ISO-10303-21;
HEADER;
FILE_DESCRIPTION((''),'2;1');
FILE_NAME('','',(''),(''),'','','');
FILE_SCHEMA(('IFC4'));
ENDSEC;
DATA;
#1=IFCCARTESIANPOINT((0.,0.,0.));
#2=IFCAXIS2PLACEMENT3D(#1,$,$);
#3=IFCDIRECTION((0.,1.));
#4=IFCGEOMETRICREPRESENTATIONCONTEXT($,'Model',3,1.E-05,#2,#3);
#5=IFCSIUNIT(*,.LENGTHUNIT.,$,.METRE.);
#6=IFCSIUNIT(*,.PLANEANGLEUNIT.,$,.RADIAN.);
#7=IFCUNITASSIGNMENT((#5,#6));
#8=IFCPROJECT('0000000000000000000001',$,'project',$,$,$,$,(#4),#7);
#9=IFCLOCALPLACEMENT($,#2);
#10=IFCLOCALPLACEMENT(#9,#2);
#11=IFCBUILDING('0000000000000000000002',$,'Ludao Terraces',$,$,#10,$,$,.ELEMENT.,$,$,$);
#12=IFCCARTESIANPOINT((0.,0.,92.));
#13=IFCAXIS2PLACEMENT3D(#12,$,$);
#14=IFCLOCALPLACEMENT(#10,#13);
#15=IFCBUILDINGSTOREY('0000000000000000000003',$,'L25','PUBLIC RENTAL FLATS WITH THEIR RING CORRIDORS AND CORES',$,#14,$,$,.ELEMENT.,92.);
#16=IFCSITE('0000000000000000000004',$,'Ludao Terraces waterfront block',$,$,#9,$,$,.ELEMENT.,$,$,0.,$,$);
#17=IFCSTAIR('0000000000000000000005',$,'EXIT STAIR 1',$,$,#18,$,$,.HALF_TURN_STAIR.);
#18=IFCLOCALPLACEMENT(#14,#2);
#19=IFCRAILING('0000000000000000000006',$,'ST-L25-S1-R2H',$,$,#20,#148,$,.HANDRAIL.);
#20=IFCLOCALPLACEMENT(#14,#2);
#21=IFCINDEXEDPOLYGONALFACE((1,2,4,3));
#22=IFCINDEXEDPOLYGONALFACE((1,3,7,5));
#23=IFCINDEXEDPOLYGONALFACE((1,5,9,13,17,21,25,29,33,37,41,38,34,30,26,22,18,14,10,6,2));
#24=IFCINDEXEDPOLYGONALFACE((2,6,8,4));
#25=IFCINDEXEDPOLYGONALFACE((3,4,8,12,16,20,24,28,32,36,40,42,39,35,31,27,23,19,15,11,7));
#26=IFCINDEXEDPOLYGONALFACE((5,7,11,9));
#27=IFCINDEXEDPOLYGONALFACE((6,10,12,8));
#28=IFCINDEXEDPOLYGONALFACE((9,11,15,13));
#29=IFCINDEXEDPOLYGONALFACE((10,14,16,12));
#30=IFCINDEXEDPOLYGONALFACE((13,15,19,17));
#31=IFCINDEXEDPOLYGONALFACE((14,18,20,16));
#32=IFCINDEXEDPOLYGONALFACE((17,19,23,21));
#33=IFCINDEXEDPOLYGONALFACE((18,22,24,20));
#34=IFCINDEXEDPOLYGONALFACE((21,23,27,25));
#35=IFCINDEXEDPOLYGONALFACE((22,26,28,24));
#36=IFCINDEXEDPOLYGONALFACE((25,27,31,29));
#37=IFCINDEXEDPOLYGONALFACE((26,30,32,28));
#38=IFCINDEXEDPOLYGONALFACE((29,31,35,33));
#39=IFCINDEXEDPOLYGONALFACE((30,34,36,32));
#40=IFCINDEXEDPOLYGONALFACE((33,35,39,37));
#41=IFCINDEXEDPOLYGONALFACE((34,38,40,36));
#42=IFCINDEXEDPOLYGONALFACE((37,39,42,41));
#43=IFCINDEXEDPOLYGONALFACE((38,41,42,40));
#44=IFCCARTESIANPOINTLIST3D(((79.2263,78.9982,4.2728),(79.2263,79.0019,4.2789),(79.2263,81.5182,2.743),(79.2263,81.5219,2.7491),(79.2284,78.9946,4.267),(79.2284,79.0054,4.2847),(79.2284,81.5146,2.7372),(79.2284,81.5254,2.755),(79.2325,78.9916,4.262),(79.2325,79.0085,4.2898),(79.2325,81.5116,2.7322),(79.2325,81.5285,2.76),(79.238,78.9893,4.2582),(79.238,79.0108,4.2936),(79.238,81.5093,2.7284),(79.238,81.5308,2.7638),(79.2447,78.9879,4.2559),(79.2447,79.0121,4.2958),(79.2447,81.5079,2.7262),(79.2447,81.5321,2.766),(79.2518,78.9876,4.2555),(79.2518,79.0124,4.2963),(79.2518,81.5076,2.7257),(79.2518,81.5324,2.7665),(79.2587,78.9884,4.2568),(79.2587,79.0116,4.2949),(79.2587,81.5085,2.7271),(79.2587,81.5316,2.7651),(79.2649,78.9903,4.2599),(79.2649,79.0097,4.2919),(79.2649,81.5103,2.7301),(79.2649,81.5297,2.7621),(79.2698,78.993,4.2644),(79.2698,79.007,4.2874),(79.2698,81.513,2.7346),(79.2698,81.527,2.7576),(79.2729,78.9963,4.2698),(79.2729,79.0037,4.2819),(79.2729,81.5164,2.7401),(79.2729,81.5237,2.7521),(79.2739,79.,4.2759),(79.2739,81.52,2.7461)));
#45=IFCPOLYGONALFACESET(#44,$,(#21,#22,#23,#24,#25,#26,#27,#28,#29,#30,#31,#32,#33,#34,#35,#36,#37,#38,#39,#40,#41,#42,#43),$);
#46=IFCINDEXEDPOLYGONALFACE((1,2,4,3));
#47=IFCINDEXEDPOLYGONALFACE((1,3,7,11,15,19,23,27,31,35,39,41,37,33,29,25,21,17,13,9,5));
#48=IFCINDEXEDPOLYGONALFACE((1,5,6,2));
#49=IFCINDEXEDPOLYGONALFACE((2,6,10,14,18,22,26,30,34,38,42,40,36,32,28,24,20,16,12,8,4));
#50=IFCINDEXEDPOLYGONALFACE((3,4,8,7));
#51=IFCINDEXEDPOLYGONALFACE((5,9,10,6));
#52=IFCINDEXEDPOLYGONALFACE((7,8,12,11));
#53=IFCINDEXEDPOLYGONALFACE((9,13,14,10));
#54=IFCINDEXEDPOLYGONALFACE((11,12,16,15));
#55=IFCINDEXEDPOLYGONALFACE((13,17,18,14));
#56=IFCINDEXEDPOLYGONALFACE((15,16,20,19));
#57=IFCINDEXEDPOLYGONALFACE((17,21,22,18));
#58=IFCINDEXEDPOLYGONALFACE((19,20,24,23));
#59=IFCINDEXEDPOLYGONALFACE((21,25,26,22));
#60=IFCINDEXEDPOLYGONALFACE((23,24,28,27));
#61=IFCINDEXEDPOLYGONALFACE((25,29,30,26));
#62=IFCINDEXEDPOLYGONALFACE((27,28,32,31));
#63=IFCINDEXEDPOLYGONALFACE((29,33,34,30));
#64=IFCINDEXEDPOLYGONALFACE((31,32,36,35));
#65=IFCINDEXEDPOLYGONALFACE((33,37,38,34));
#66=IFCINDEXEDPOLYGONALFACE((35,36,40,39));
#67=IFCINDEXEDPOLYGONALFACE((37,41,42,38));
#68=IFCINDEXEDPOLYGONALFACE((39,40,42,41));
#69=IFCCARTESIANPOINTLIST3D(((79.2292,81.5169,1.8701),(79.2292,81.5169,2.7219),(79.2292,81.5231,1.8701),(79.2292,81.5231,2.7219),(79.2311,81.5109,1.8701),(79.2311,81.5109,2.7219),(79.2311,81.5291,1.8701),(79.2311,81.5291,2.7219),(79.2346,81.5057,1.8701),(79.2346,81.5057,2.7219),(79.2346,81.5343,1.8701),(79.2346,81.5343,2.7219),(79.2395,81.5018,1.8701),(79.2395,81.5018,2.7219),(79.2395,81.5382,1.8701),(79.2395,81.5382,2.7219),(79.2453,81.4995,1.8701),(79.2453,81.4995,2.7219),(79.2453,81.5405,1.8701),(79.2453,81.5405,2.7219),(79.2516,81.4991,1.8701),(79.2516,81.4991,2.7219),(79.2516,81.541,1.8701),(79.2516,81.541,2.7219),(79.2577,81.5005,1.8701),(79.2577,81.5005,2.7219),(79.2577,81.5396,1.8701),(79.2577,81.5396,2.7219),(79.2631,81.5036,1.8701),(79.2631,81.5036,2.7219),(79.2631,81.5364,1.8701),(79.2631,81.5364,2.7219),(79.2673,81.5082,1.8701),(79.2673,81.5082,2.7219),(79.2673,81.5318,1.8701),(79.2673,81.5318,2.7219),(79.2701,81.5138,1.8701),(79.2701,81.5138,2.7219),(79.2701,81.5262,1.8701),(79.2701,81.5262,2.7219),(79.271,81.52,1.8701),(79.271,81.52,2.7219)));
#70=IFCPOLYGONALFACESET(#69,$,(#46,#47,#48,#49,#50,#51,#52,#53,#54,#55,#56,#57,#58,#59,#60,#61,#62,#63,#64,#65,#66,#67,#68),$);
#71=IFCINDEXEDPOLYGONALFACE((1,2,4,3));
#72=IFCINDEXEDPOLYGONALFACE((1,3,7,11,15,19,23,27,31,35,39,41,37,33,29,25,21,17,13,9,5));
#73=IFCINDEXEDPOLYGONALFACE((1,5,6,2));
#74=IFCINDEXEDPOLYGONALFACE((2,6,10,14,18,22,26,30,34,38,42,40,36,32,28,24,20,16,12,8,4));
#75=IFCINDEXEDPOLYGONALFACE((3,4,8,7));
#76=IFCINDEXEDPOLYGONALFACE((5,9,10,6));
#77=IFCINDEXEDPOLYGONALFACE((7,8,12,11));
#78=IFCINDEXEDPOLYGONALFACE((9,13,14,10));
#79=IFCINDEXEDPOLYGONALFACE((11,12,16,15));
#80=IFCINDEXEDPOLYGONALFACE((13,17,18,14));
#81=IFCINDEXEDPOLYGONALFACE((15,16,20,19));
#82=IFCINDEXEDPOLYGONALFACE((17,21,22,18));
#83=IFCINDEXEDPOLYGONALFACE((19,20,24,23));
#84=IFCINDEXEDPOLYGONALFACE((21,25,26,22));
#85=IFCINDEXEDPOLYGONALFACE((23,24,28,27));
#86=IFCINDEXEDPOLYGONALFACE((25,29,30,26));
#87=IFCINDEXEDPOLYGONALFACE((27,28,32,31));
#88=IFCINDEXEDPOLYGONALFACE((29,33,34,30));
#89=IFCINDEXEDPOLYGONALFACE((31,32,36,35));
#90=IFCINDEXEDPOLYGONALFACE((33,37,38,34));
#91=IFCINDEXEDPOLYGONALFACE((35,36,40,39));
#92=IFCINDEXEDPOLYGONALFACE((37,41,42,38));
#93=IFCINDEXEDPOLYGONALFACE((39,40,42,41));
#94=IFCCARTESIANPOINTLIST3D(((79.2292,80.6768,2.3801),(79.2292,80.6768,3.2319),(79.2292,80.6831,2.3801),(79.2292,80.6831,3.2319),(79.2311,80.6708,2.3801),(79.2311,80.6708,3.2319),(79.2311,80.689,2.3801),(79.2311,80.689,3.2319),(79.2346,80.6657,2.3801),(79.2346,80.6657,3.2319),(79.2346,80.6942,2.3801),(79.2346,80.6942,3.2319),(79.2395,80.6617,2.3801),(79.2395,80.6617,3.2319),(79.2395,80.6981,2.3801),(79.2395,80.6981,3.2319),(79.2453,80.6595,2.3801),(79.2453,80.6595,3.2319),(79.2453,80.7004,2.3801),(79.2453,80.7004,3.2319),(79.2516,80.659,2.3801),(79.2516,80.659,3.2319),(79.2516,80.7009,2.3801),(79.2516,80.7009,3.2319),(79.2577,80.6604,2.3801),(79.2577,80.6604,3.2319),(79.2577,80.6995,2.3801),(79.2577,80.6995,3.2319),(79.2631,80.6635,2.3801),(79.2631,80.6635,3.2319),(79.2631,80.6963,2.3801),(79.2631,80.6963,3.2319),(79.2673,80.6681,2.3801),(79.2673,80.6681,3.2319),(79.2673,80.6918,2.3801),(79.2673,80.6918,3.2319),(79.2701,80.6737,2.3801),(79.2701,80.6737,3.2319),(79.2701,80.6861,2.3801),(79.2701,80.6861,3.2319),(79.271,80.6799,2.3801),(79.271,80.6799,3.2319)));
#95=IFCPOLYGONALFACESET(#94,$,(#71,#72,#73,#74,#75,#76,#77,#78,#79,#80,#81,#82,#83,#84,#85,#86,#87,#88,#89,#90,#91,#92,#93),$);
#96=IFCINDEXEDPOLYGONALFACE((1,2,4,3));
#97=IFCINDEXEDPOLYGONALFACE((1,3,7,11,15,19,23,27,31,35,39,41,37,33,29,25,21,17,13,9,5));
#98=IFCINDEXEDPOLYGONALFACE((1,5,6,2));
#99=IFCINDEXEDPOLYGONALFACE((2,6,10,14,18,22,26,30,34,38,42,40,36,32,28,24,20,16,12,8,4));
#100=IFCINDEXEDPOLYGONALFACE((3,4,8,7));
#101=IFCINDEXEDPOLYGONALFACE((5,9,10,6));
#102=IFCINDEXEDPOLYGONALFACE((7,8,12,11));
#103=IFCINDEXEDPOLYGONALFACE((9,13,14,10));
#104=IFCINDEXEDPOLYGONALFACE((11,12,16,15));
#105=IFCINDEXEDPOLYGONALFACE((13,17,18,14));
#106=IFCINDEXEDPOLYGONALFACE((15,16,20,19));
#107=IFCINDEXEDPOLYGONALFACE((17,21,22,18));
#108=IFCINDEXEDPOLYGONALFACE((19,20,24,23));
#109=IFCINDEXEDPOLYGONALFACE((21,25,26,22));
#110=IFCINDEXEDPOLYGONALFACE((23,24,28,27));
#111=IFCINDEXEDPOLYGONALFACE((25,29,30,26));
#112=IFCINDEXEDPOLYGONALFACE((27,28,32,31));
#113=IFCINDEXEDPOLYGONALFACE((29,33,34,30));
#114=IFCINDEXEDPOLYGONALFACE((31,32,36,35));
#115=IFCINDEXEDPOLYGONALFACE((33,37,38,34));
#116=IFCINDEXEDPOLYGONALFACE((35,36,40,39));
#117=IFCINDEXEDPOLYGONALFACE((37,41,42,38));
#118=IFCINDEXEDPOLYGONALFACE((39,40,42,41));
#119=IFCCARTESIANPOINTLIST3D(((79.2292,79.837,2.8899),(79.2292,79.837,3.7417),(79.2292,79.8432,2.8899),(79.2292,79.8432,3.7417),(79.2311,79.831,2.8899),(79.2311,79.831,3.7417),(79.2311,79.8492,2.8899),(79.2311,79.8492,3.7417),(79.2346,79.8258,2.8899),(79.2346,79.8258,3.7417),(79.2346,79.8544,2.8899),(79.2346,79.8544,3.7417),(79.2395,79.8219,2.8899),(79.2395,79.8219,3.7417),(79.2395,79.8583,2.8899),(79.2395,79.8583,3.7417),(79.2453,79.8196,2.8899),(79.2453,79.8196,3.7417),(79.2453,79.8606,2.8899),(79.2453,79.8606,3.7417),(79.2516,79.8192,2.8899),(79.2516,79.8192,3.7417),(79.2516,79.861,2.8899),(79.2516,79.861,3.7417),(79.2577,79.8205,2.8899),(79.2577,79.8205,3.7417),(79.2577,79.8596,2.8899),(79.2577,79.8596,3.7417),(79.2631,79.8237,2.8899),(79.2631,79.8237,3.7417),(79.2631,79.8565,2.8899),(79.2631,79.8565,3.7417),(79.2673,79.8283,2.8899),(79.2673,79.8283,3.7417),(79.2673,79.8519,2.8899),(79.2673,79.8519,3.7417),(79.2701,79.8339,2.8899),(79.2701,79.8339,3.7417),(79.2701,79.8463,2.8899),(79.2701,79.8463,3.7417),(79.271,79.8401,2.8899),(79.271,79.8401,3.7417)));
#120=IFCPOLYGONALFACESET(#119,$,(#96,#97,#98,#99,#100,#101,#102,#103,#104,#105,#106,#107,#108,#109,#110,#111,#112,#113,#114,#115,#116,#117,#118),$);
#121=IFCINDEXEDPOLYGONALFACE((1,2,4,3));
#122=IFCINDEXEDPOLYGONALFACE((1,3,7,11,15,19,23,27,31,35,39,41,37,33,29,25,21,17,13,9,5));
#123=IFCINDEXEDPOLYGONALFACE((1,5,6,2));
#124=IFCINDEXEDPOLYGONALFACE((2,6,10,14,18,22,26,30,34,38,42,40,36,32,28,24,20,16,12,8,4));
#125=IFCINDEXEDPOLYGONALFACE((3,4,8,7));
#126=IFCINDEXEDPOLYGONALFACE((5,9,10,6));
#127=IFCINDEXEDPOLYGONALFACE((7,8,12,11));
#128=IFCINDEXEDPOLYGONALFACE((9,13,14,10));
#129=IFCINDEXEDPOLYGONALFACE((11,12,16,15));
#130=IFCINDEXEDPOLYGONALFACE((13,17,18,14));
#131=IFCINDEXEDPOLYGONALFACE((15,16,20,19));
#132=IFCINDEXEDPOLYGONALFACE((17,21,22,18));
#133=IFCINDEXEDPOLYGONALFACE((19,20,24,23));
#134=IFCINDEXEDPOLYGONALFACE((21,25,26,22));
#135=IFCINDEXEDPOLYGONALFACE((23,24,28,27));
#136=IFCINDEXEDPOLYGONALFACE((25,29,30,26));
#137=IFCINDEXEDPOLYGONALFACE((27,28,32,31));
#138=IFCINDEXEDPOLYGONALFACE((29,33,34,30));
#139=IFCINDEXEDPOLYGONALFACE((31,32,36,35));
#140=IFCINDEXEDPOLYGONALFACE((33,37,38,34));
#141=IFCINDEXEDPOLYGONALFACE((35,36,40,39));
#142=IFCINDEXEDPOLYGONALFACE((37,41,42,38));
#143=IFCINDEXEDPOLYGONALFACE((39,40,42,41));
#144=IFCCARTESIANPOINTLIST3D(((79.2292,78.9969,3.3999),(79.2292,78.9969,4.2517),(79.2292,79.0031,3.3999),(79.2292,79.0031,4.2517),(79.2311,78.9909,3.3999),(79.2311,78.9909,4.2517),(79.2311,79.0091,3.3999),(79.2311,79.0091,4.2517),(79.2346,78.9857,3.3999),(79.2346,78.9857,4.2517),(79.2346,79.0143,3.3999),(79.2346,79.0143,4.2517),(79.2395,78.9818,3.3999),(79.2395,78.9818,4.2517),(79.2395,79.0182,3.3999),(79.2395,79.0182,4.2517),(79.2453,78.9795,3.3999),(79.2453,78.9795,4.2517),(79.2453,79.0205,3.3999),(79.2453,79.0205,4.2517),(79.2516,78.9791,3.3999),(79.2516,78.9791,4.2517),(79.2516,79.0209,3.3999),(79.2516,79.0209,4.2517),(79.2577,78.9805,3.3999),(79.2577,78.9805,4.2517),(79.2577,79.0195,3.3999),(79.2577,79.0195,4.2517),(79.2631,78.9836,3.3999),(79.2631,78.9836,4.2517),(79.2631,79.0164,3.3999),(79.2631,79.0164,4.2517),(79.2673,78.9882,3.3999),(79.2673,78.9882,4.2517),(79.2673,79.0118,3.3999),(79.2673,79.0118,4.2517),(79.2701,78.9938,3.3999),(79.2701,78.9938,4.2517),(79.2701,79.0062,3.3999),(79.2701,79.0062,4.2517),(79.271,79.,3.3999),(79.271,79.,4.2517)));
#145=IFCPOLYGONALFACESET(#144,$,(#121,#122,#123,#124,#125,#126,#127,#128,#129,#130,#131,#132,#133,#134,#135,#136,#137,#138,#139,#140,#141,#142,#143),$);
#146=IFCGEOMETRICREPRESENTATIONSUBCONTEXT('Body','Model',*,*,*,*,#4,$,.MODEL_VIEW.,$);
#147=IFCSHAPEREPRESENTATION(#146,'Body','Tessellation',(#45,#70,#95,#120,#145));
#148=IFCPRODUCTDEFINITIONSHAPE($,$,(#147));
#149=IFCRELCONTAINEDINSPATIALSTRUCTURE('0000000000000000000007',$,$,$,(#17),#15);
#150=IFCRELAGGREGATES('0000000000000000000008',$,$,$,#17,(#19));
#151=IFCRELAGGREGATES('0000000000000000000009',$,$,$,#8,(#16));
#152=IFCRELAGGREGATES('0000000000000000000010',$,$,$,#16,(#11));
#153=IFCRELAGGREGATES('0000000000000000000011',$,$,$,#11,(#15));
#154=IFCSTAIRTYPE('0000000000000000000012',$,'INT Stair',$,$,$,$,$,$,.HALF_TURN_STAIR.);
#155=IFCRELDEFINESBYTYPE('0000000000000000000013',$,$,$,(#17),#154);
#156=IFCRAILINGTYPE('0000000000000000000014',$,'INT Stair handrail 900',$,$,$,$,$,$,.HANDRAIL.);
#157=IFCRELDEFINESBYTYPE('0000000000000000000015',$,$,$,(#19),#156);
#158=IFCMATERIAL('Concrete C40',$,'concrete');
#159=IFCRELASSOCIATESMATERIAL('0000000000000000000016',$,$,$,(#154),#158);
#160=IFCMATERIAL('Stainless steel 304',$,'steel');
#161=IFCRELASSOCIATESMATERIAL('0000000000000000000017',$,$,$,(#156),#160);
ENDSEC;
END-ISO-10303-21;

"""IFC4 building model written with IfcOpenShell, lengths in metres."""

from ifc_helpers import new_model, si_unit, direction, frame, origin, origin_2d, place, context, subcontext, project, spatial, circle, extrude, material, type_object, element, aggregate, save


model = new_model("IFC4")

# Units and contexts
model_context = context("Model", 3, precision=1e-05, world=origin(), true_north=direction((0.0, 1.0)))
body_context = subcontext(model_context, "Body", "Model", "MODEL_VIEW")
ifc_project = project(units=[si_unit("LENGTHUNIT", "METRE"), si_unit("PLANEANGLEUNIT", "RADIAN")], contexts=[model_context])

# Site, building, storey
site_placement = place(None, origin())
site = spatial("IfcSite", under=ifc_project, at=site_placement, Name="Ludao Terraces waterfront block", CompositionType="ELEMENT", RefElevation=0.0)
building_placement = place(site_placement, origin())
building = spatial("IfcBuilding", under=site, at=building_placement, Name="Ludao Terraces", CompositionType="ELEMENT")
storey_placement = place(building_placement, frame((0.0, 0.0, 92.0)))
storey = spatial("IfcBuildingStorey", under=building, at=storey_placement, Name="L25", Description="PUBLIC RENTAL FLATS WITH THEIR RING CORRIDORS AND CORES", CompositionType="ELEMENT", Elevation=92.0)

# Shared definitions
ifc_material_1 = material(Name="Stainless steel 304", Category="steel")

# Stair, railing
ifc_material_2 = material(Name="Concrete C40", Category="concrete")
stair_type = type_object("IfcStairType", Name="INT Stair", PredefinedType="HALF_TURN_STAIR", material=ifc_material_2)
stair_placement = place(storey_placement, origin())
stair = element("IfcStair", 1, at=stair_placement, inside=storey, type_object=stair_type, Name="EXIT STAIR 1", PredefinedType="HALF_TURN_STAIR")
railing_type_1 = type_object("IfcRailingType", Name="INT Stair handrail 900", PredefinedType="HANDRAIL", material=ifc_material_1)
railing_1_placement = place(storey_placement, frame((79.25, 81.52, 1.8701)))
railing_1 = element("IfcRailing", 2, at=railing_1_placement, type_object=railing_type_1, Name="ST-L25-S1-R2H", PredefinedType="HANDRAIL", context=body_context, shape_type="SweptSolid", body=[
    extrude(circle(Radius=0.0239, at=origin_2d()), frame((0.0, 0.0, 0.876), z_axis=(0.0, -0.854822, 0.518922), x_axis=(1.0, 0.0, 0.0)), (0.0, 0.0, 1.0), 2.948),
    extrude(circle(Radius=0.021, at=origin_2d()), origin(), (0.0, 0.0, 1.0), 0.8518),
    extrude(circle(Radius=0.021, at=origin_2d()), frame((0.0, -0.8401, 0.51)), (0.0, 0.0, 1.0), 0.8518),
    extrude(circle(Radius=0.021, at=origin_2d()), frame((0.0, -1.6799, 1.0198)), (0.0, 0.0, 1.0), 0.8518),
    extrude(circle(Radius=0.021, at=origin_2d()), frame((0.0, -2.52, 1.5298)), (0.0, 0.0, 1.0), 0.8518),
])
aggregate(stair, [railing_1])

save(model, "model.ifc")
